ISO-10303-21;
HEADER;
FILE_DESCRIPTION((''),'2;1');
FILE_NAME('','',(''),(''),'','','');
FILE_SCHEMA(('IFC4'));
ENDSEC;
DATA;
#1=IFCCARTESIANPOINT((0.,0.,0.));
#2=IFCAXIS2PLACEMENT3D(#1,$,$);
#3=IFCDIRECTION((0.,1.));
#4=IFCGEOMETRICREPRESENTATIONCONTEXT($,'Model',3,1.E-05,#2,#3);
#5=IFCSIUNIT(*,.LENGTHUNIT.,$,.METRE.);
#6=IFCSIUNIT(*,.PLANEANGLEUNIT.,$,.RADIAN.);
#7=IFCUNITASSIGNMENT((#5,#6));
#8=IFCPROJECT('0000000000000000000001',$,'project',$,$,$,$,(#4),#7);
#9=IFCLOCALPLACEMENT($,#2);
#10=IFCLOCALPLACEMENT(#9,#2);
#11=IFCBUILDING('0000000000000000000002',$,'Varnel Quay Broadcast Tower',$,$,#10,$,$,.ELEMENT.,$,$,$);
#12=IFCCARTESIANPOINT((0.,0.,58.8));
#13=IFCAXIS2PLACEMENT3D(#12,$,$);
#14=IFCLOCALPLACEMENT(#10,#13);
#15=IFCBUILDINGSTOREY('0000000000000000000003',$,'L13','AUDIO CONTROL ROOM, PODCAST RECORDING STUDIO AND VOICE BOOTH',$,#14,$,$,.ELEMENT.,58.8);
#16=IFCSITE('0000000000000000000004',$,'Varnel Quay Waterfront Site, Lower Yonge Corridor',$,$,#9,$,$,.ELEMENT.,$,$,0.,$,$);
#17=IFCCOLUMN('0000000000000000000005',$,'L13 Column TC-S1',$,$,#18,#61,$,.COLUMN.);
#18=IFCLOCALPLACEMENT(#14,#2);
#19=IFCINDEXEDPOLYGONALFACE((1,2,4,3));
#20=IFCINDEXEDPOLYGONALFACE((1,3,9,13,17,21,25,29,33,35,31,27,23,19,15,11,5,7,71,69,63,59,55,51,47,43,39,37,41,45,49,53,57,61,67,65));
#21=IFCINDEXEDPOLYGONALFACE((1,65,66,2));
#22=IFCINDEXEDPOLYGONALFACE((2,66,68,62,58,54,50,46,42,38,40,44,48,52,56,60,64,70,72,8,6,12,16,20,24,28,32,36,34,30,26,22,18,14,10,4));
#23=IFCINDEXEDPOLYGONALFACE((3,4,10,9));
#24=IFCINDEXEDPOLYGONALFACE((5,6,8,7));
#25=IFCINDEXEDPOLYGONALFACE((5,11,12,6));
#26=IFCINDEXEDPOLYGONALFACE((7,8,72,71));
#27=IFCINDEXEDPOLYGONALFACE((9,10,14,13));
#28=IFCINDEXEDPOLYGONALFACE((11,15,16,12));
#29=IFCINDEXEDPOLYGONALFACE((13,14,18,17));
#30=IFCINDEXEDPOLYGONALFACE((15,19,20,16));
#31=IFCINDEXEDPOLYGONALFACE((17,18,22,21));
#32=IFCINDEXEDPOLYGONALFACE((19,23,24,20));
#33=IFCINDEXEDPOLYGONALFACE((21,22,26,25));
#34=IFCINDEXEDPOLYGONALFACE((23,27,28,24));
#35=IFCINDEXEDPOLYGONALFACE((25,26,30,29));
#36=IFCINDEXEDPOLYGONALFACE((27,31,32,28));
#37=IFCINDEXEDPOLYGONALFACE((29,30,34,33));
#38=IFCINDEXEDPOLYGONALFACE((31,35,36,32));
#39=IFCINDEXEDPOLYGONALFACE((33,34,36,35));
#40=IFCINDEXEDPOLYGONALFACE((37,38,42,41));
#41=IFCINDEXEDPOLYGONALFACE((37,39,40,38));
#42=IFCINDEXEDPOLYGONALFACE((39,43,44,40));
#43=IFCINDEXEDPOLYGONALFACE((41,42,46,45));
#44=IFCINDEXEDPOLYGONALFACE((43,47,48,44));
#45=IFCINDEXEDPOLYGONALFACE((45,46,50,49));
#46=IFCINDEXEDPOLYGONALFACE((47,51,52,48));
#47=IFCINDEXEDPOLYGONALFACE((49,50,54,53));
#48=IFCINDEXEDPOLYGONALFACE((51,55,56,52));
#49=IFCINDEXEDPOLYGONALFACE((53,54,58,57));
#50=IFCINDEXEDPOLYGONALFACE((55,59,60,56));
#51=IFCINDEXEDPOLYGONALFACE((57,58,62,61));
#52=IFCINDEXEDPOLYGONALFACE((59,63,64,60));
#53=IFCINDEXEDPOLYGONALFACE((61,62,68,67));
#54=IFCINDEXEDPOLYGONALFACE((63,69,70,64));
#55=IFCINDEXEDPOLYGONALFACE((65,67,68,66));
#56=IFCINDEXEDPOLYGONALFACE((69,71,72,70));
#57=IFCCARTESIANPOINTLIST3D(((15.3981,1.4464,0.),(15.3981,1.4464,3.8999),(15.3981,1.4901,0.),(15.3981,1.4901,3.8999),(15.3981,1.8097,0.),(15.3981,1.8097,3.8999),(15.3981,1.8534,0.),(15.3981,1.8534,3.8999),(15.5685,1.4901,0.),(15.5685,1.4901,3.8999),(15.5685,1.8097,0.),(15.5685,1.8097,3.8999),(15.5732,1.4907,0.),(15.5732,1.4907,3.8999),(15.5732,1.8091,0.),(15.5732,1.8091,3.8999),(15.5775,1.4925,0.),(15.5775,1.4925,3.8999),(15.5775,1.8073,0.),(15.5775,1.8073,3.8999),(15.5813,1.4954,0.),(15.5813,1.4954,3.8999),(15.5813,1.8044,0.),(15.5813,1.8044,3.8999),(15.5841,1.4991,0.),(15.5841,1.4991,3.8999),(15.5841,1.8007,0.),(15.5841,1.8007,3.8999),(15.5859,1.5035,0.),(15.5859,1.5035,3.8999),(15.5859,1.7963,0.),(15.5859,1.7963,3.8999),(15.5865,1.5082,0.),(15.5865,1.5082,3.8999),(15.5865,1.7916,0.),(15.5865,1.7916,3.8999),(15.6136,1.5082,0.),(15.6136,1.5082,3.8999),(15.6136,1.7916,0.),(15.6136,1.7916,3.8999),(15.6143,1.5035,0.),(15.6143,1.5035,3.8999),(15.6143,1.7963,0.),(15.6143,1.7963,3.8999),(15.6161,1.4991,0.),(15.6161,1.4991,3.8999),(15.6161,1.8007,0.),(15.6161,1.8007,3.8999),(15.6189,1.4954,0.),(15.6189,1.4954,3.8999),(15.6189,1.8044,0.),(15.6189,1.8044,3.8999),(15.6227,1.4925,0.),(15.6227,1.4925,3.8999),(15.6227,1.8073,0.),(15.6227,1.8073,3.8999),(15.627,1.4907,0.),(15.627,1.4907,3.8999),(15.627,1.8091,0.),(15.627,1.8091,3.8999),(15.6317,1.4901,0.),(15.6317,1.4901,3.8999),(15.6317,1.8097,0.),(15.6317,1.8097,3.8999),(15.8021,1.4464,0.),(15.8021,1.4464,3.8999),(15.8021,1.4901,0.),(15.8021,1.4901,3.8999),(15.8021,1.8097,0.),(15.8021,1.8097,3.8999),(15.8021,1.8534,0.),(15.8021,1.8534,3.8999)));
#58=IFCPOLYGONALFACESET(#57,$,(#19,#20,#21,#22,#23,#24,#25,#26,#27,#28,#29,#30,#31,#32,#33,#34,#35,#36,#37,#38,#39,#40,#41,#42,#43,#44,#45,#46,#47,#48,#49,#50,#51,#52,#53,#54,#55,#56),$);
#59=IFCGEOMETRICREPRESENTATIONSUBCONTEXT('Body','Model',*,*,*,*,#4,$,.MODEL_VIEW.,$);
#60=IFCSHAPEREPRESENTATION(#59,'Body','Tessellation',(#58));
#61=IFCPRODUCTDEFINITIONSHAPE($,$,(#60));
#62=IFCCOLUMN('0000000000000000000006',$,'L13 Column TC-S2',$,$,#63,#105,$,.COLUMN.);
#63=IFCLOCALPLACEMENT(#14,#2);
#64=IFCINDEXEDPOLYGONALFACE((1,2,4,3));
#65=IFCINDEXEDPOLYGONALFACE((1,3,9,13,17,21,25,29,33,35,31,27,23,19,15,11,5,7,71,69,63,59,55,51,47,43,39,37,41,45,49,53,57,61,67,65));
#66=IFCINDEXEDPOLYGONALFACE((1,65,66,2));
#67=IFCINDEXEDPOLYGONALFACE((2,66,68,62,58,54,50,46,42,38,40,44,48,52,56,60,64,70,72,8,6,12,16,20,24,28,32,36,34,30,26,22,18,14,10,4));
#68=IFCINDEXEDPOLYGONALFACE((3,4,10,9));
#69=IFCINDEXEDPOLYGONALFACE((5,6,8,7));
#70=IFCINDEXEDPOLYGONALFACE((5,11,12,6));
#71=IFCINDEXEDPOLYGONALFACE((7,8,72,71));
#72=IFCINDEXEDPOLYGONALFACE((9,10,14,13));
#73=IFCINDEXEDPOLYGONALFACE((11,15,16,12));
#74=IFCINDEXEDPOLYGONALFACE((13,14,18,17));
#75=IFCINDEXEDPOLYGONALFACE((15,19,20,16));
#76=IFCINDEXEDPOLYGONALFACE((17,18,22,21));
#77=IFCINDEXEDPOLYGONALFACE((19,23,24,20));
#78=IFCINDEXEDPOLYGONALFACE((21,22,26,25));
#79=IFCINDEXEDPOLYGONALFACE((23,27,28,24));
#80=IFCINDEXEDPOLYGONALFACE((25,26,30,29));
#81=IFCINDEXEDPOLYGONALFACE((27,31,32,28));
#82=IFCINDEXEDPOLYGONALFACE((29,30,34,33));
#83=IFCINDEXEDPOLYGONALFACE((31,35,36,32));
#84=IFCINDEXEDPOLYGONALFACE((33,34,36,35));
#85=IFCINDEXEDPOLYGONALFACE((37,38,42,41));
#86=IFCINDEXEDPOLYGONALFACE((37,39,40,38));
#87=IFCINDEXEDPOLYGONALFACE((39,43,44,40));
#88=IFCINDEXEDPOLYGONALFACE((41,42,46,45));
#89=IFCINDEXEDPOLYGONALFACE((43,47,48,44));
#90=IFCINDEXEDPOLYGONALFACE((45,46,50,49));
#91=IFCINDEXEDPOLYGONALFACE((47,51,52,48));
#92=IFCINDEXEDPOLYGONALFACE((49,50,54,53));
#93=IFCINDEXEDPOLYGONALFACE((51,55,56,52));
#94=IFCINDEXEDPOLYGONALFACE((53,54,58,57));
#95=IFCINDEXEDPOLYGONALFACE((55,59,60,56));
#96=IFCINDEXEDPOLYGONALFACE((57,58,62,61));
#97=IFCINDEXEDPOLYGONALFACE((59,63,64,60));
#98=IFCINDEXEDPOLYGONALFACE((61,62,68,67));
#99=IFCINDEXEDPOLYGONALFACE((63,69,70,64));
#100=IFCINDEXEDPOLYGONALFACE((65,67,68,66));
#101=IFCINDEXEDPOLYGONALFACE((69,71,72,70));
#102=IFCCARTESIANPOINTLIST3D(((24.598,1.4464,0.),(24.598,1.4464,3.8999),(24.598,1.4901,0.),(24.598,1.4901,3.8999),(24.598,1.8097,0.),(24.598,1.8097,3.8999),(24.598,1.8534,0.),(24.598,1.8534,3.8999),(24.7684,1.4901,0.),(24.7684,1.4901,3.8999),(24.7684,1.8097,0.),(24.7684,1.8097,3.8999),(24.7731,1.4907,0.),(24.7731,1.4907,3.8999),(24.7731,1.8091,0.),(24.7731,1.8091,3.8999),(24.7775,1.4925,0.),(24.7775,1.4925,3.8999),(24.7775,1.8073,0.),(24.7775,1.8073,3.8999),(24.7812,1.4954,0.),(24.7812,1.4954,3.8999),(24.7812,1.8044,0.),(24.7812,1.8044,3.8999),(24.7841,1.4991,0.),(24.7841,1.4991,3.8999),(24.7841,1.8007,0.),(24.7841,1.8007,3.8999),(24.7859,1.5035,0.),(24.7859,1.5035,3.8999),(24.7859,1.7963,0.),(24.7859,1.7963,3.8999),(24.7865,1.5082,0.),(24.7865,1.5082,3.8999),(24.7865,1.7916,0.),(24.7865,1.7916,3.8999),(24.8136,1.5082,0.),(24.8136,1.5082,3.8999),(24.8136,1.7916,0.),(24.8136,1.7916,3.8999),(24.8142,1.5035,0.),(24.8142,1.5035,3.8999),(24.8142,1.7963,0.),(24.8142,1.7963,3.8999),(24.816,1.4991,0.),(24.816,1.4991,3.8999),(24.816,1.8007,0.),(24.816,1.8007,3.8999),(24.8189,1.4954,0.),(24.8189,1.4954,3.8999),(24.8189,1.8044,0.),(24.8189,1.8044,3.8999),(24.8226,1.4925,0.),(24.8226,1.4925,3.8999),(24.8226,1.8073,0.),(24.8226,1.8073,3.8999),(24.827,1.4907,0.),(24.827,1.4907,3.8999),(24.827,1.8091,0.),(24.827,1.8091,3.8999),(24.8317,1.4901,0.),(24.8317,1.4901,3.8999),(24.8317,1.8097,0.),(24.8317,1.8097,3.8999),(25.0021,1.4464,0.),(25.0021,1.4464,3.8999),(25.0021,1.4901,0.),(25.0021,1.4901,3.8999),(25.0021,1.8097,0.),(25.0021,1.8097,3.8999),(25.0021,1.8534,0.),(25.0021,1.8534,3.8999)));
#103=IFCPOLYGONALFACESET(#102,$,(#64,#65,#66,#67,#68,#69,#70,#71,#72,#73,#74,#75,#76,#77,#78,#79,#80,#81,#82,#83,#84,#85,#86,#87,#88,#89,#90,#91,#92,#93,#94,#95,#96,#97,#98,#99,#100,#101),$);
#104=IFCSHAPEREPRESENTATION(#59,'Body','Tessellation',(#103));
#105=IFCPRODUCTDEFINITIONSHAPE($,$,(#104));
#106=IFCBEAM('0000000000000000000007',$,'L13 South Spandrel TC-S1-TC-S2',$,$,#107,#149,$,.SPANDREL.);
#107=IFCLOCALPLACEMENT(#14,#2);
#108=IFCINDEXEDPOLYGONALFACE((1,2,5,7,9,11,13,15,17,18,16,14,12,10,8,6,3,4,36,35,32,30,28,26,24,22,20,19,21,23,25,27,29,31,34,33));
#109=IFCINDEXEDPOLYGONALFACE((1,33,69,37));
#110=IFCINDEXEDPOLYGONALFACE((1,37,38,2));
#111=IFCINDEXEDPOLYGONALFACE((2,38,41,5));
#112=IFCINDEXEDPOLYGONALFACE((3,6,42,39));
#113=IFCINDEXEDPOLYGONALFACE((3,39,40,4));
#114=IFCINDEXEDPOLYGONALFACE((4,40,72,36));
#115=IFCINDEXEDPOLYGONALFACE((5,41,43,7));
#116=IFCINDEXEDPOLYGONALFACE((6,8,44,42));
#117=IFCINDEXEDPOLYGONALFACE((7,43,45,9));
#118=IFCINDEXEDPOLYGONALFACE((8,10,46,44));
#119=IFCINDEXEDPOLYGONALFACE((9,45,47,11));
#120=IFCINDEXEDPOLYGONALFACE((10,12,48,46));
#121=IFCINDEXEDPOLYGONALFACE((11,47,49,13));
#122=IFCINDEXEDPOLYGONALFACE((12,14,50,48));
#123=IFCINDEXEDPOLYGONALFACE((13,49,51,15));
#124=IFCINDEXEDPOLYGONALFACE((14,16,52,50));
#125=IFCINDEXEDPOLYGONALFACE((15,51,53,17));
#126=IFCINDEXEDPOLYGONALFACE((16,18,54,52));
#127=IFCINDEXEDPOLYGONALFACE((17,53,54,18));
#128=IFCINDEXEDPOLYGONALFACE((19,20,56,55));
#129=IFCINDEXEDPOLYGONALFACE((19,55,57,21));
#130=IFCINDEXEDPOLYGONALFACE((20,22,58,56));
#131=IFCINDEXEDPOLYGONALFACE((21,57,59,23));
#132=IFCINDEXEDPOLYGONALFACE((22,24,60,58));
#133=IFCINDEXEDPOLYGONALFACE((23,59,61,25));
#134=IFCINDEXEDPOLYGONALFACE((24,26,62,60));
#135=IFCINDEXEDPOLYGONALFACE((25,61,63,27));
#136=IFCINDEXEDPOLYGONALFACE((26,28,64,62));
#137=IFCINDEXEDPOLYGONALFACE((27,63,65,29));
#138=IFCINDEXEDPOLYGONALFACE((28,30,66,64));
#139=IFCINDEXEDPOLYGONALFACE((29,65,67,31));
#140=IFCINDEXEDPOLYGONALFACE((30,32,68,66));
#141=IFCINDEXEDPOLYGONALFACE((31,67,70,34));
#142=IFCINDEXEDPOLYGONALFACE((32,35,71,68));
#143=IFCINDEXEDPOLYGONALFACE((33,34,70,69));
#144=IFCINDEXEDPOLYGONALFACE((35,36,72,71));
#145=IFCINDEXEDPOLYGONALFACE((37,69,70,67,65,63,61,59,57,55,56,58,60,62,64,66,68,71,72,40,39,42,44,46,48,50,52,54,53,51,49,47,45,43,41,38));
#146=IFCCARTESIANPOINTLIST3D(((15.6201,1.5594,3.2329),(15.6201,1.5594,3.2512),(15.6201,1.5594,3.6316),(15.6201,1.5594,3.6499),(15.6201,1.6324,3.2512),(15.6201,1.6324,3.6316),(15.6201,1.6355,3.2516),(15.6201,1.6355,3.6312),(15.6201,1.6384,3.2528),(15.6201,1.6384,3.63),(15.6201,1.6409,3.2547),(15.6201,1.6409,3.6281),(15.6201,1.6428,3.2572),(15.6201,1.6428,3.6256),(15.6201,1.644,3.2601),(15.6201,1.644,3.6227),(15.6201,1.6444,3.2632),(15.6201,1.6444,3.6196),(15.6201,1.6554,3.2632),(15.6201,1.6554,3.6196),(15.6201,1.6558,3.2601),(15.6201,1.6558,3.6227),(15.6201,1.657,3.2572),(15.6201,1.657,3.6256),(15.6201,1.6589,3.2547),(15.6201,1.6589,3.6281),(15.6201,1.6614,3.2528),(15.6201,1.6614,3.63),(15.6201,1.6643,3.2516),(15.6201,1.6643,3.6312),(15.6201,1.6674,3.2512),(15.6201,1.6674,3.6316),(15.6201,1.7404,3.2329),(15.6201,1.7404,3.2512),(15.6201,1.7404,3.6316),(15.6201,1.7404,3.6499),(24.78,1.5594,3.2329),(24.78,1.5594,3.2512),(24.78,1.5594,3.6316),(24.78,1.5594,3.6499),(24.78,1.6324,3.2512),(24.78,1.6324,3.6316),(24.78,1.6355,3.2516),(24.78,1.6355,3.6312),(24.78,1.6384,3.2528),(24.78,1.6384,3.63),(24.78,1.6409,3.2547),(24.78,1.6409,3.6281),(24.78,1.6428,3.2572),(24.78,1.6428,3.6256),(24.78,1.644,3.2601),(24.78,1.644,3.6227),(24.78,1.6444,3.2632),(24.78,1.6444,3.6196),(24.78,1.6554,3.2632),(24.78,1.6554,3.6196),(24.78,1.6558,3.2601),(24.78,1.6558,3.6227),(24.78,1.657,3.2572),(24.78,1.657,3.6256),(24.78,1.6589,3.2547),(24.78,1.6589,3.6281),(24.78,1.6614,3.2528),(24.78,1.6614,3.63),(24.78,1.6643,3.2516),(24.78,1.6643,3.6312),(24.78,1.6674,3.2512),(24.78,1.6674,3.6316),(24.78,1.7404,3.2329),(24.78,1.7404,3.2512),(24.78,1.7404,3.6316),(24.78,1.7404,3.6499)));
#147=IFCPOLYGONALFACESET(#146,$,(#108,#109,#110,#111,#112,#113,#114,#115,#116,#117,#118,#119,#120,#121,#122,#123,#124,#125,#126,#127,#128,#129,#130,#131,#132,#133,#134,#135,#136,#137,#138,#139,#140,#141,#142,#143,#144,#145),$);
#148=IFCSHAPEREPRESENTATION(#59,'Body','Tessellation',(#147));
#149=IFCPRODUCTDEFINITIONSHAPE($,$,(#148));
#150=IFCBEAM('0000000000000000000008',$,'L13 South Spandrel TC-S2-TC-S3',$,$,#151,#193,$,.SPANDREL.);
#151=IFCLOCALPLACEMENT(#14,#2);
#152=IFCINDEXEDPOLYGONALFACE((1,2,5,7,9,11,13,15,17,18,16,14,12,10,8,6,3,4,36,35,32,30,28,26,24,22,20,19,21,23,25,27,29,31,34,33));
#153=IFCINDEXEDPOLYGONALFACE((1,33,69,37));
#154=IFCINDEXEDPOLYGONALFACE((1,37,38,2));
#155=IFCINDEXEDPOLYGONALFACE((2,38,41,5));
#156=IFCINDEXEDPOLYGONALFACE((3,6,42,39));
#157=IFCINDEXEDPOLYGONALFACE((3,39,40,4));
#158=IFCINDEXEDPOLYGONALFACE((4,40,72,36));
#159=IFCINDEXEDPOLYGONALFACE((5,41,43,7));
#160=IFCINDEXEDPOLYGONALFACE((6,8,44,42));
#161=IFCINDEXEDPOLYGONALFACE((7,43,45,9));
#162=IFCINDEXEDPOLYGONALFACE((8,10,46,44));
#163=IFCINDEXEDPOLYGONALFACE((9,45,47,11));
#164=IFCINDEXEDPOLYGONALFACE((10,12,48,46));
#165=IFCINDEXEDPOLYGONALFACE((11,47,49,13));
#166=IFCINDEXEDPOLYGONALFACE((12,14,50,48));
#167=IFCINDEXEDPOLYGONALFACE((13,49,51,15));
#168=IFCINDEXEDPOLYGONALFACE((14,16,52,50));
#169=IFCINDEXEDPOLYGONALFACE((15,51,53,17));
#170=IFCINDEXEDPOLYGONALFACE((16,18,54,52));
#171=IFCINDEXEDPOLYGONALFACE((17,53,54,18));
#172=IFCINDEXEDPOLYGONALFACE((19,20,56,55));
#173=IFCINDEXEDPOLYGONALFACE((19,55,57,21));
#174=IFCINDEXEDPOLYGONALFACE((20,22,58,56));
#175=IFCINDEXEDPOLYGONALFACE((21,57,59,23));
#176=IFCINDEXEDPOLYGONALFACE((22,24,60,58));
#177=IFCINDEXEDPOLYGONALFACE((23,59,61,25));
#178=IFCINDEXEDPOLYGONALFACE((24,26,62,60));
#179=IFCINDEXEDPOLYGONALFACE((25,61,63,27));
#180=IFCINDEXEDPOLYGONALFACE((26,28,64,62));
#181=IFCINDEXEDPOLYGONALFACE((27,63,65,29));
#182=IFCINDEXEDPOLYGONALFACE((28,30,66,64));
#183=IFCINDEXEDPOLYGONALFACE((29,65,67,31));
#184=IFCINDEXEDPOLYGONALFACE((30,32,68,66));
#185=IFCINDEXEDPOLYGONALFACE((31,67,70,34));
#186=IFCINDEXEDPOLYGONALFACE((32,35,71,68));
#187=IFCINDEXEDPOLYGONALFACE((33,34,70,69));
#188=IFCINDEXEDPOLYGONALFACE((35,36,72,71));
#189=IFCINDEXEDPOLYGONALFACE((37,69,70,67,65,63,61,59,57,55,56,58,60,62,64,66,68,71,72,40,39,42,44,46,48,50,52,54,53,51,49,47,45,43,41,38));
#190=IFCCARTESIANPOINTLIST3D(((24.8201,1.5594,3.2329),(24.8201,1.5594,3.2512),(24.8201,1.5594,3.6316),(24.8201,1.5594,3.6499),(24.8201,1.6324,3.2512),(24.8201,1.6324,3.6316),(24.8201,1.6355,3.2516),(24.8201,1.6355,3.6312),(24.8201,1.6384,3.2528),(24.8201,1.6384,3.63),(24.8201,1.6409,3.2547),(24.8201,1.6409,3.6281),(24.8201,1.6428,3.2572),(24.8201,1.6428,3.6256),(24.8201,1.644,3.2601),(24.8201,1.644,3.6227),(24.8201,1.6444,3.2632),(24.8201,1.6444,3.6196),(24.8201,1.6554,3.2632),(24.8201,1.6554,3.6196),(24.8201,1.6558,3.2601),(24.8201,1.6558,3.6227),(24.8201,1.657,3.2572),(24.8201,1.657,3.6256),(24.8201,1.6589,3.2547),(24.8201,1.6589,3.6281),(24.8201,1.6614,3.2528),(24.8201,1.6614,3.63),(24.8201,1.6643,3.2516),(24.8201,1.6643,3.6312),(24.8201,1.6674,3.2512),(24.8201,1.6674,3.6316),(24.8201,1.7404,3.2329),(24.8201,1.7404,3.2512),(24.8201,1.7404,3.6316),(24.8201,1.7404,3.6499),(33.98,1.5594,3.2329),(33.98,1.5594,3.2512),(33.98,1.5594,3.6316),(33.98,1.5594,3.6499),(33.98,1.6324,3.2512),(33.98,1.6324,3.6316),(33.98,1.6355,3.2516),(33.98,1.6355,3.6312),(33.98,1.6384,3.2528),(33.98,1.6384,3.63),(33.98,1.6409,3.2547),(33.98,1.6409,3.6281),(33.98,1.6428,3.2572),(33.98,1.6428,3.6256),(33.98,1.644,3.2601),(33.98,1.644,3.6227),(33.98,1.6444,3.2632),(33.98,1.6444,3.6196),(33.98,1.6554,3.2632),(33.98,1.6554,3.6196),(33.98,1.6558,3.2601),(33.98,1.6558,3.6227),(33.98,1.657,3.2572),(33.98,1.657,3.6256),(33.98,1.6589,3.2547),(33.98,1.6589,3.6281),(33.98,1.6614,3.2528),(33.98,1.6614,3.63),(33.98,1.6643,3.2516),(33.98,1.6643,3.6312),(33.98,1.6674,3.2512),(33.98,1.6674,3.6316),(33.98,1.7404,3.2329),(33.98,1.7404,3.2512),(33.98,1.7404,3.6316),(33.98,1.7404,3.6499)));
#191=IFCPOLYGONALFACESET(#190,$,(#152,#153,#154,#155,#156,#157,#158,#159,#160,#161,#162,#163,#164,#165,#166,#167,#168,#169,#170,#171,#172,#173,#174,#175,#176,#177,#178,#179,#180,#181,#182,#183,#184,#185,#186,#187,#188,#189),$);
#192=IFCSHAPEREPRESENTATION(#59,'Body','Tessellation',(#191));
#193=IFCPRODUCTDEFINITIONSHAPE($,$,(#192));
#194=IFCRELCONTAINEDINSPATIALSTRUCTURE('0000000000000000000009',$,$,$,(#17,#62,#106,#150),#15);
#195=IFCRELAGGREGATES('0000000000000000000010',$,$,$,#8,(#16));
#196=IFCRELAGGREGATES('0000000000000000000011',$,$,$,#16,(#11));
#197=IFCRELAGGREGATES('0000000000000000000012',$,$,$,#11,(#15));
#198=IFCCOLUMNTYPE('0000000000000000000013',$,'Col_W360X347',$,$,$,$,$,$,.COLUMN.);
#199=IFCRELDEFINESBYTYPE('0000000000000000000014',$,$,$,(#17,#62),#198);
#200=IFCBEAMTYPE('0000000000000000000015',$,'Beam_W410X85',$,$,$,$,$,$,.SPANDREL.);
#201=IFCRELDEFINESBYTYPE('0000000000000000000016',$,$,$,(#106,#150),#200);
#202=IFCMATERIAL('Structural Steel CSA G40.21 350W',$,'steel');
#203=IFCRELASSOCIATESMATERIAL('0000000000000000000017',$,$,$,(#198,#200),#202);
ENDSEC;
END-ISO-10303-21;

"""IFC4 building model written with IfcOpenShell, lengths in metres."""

from ifc_helpers import new_model, si_unit, direction, frame, origin, origin_2d, place, context, subcontext, project, spatial, i_section, extrude, source, transform, mapped, material, material_profile, profile_set, type_object, type_shapes, element, save


model = new_model("IFC4")

# Units and contexts
model_context = context("Model", 3, precision=1e-05, world=origin(), true_north=direction((0.0, 1.0)))
body_context = subcontext(model_context, "Body", "Model", "MODEL_VIEW")
ifc_project = project(units=[si_unit("LENGTHUNIT", "METRE"), si_unit("PLANEANGLEUNIT", "RADIAN")], contexts=[model_context])

# Site, building, storey
site_placement = place(None, origin())
site = spatial("IfcSite", under=ifc_project, at=site_placement, Name="Varnel Quay Waterfront Site, Lower Yonge Corridor", CompositionType="ELEMENT", RefElevation=0.0)
building_placement = place(site_placement, origin())
building = spatial("IfcBuilding", under=site, at=building_placement, Name="Varnel Quay Broadcast Tower", CompositionType="ELEMENT")
storey_placement = place(building_placement, frame((0.0, 0.0, 58.8)))
storey = spatial("IfcBuildingStorey", under=building, at=storey_placement, Name="L13", Description="AUDIO CONTROL ROOM, PODCAST RECORDING STUDIO AND VOICE BOOTH", CompositionType="ELEMENT", Elevation=58.8)

# Columns
ifc_material_1 = material(Name="Structural Steel CSA G40.21 350W", Category="steel")
ifc_material_profile_1 = material_profile(ifc_material_1, i_section(OverallWidth=0.4041, OverallDepth=0.407, WebThickness=0.0271, FlangeThickness=0.0437, FilletRadius=0.0181, at=origin_2d()), Name="W360X347")
ifc_profile_set_1 = profile_set([ifc_material_profile_1], Name="Structural Steel CSA G40.21 350W")
column_type = type_object("IfcColumnType", Name="Col_W360X347", PredefinedType="COLUMN", material=ifc_profile_set_1)
shared_shape_1 = source(origin(), body_context, "Body", "SweptSolid", [
    extrude(i_section(OverallWidth=0.4041, OverallDepth=0.407, WebThickness=0.0271, FlangeThickness=0.0437, FilletRadius=0.0181, at=origin_2d()), origin(), (0.0, 0.0, 1.0), 3.8999),
])
type_shapes(column_type, [shared_shape_1])
for number, where, z_axis, x_axis, name in (
    (1, (15.6001, 1.6499, 0.0), (0.0, 0.0, 1.0), (1.0, 0.0, 0.0), "L13 Column TC-S1"),
    (2, (24.8, 1.6499, 0.0), (0.0, 0.0, 1.0), (1.0, 0.0, 0.0), "L13 Column TC-S2"),
):
    element("IfcColumn", number, at=place(storey_placement, frame(where, z_axis=z_axis, x_axis=x_axis)), inside=storey, type_object=column_type, Name=name, PredefinedType="COLUMN", context=body_context, shape_type="MappedRepresentation", body=[
        mapped(shared_shape_1, transform((0.0, 0.0, 0.0), x_axis=(1.0, 0.0, 0.0), y_axis=(0.0, 1.0, 0.0), z_axis=(0.0, 0.0, 1.0), scale=1.0)),
    ])

# Beams
ifc_material_profile_2 = material_profile(ifc_material_1, i_section(OverallWidth=0.1809, OverallDepth=0.417, WebThickness=0.011, FlangeThickness=0.0183, FilletRadius=0.012, at=origin_2d()), Name="W410X85")
ifc_profile_set_2 = profile_set([ifc_material_profile_2], Name="Structural Steel CSA G40.21 350W")
beam_type_1 = type_object("IfcBeamType", Name="Beam_W410X85", PredefinedType="SPANDREL", material=ifc_profile_set_2)
shared_shape_2 = source(origin(), body_context, "Body", "SweptSolid", [
    extrude(i_section(OverallWidth=0.1809, OverallDepth=0.417, WebThickness=0.011, FlangeThickness=0.0183, FilletRadius=0.012, at=origin_2d()), origin(), (0.0, 0.0, 1.0), 9.1599),
])
type_shapes(beam_type_1, [shared_shape_2])
for number, where, z_axis, x_axis, name in (
    (3, (15.6201, 1.6499, 3.4414), (1.0, 0.0, 0.0), (0.0, 1.0, 0.0), "L13 South Spandrel TC-S1-TC-S2"),
    (4, (24.8201, 1.6499, 3.4414), (1.0, 0.0, 0.0), (0.0, 1.0, 0.0), "L13 South Spandrel TC-S2-TC-S3"),
):
    element("IfcBeam", number, at=place(storey_placement, frame(where, z_axis=z_axis, x_axis=x_axis)), inside=storey, type_object=beam_type_1, Name=name, PredefinedType="SPANDREL", context=body_context, shape_type="MappedRepresentation", body=[
        mapped(shared_shape_2, transform((0.0, 0.0, 0.0), x_axis=(1.0, 0.0, 0.0), y_axis=(0.0, 1.0, 0.0), z_axis=(0.0, 0.0, 1.0), scale=1.0)),
    ])

save(model, "model.ifc")
